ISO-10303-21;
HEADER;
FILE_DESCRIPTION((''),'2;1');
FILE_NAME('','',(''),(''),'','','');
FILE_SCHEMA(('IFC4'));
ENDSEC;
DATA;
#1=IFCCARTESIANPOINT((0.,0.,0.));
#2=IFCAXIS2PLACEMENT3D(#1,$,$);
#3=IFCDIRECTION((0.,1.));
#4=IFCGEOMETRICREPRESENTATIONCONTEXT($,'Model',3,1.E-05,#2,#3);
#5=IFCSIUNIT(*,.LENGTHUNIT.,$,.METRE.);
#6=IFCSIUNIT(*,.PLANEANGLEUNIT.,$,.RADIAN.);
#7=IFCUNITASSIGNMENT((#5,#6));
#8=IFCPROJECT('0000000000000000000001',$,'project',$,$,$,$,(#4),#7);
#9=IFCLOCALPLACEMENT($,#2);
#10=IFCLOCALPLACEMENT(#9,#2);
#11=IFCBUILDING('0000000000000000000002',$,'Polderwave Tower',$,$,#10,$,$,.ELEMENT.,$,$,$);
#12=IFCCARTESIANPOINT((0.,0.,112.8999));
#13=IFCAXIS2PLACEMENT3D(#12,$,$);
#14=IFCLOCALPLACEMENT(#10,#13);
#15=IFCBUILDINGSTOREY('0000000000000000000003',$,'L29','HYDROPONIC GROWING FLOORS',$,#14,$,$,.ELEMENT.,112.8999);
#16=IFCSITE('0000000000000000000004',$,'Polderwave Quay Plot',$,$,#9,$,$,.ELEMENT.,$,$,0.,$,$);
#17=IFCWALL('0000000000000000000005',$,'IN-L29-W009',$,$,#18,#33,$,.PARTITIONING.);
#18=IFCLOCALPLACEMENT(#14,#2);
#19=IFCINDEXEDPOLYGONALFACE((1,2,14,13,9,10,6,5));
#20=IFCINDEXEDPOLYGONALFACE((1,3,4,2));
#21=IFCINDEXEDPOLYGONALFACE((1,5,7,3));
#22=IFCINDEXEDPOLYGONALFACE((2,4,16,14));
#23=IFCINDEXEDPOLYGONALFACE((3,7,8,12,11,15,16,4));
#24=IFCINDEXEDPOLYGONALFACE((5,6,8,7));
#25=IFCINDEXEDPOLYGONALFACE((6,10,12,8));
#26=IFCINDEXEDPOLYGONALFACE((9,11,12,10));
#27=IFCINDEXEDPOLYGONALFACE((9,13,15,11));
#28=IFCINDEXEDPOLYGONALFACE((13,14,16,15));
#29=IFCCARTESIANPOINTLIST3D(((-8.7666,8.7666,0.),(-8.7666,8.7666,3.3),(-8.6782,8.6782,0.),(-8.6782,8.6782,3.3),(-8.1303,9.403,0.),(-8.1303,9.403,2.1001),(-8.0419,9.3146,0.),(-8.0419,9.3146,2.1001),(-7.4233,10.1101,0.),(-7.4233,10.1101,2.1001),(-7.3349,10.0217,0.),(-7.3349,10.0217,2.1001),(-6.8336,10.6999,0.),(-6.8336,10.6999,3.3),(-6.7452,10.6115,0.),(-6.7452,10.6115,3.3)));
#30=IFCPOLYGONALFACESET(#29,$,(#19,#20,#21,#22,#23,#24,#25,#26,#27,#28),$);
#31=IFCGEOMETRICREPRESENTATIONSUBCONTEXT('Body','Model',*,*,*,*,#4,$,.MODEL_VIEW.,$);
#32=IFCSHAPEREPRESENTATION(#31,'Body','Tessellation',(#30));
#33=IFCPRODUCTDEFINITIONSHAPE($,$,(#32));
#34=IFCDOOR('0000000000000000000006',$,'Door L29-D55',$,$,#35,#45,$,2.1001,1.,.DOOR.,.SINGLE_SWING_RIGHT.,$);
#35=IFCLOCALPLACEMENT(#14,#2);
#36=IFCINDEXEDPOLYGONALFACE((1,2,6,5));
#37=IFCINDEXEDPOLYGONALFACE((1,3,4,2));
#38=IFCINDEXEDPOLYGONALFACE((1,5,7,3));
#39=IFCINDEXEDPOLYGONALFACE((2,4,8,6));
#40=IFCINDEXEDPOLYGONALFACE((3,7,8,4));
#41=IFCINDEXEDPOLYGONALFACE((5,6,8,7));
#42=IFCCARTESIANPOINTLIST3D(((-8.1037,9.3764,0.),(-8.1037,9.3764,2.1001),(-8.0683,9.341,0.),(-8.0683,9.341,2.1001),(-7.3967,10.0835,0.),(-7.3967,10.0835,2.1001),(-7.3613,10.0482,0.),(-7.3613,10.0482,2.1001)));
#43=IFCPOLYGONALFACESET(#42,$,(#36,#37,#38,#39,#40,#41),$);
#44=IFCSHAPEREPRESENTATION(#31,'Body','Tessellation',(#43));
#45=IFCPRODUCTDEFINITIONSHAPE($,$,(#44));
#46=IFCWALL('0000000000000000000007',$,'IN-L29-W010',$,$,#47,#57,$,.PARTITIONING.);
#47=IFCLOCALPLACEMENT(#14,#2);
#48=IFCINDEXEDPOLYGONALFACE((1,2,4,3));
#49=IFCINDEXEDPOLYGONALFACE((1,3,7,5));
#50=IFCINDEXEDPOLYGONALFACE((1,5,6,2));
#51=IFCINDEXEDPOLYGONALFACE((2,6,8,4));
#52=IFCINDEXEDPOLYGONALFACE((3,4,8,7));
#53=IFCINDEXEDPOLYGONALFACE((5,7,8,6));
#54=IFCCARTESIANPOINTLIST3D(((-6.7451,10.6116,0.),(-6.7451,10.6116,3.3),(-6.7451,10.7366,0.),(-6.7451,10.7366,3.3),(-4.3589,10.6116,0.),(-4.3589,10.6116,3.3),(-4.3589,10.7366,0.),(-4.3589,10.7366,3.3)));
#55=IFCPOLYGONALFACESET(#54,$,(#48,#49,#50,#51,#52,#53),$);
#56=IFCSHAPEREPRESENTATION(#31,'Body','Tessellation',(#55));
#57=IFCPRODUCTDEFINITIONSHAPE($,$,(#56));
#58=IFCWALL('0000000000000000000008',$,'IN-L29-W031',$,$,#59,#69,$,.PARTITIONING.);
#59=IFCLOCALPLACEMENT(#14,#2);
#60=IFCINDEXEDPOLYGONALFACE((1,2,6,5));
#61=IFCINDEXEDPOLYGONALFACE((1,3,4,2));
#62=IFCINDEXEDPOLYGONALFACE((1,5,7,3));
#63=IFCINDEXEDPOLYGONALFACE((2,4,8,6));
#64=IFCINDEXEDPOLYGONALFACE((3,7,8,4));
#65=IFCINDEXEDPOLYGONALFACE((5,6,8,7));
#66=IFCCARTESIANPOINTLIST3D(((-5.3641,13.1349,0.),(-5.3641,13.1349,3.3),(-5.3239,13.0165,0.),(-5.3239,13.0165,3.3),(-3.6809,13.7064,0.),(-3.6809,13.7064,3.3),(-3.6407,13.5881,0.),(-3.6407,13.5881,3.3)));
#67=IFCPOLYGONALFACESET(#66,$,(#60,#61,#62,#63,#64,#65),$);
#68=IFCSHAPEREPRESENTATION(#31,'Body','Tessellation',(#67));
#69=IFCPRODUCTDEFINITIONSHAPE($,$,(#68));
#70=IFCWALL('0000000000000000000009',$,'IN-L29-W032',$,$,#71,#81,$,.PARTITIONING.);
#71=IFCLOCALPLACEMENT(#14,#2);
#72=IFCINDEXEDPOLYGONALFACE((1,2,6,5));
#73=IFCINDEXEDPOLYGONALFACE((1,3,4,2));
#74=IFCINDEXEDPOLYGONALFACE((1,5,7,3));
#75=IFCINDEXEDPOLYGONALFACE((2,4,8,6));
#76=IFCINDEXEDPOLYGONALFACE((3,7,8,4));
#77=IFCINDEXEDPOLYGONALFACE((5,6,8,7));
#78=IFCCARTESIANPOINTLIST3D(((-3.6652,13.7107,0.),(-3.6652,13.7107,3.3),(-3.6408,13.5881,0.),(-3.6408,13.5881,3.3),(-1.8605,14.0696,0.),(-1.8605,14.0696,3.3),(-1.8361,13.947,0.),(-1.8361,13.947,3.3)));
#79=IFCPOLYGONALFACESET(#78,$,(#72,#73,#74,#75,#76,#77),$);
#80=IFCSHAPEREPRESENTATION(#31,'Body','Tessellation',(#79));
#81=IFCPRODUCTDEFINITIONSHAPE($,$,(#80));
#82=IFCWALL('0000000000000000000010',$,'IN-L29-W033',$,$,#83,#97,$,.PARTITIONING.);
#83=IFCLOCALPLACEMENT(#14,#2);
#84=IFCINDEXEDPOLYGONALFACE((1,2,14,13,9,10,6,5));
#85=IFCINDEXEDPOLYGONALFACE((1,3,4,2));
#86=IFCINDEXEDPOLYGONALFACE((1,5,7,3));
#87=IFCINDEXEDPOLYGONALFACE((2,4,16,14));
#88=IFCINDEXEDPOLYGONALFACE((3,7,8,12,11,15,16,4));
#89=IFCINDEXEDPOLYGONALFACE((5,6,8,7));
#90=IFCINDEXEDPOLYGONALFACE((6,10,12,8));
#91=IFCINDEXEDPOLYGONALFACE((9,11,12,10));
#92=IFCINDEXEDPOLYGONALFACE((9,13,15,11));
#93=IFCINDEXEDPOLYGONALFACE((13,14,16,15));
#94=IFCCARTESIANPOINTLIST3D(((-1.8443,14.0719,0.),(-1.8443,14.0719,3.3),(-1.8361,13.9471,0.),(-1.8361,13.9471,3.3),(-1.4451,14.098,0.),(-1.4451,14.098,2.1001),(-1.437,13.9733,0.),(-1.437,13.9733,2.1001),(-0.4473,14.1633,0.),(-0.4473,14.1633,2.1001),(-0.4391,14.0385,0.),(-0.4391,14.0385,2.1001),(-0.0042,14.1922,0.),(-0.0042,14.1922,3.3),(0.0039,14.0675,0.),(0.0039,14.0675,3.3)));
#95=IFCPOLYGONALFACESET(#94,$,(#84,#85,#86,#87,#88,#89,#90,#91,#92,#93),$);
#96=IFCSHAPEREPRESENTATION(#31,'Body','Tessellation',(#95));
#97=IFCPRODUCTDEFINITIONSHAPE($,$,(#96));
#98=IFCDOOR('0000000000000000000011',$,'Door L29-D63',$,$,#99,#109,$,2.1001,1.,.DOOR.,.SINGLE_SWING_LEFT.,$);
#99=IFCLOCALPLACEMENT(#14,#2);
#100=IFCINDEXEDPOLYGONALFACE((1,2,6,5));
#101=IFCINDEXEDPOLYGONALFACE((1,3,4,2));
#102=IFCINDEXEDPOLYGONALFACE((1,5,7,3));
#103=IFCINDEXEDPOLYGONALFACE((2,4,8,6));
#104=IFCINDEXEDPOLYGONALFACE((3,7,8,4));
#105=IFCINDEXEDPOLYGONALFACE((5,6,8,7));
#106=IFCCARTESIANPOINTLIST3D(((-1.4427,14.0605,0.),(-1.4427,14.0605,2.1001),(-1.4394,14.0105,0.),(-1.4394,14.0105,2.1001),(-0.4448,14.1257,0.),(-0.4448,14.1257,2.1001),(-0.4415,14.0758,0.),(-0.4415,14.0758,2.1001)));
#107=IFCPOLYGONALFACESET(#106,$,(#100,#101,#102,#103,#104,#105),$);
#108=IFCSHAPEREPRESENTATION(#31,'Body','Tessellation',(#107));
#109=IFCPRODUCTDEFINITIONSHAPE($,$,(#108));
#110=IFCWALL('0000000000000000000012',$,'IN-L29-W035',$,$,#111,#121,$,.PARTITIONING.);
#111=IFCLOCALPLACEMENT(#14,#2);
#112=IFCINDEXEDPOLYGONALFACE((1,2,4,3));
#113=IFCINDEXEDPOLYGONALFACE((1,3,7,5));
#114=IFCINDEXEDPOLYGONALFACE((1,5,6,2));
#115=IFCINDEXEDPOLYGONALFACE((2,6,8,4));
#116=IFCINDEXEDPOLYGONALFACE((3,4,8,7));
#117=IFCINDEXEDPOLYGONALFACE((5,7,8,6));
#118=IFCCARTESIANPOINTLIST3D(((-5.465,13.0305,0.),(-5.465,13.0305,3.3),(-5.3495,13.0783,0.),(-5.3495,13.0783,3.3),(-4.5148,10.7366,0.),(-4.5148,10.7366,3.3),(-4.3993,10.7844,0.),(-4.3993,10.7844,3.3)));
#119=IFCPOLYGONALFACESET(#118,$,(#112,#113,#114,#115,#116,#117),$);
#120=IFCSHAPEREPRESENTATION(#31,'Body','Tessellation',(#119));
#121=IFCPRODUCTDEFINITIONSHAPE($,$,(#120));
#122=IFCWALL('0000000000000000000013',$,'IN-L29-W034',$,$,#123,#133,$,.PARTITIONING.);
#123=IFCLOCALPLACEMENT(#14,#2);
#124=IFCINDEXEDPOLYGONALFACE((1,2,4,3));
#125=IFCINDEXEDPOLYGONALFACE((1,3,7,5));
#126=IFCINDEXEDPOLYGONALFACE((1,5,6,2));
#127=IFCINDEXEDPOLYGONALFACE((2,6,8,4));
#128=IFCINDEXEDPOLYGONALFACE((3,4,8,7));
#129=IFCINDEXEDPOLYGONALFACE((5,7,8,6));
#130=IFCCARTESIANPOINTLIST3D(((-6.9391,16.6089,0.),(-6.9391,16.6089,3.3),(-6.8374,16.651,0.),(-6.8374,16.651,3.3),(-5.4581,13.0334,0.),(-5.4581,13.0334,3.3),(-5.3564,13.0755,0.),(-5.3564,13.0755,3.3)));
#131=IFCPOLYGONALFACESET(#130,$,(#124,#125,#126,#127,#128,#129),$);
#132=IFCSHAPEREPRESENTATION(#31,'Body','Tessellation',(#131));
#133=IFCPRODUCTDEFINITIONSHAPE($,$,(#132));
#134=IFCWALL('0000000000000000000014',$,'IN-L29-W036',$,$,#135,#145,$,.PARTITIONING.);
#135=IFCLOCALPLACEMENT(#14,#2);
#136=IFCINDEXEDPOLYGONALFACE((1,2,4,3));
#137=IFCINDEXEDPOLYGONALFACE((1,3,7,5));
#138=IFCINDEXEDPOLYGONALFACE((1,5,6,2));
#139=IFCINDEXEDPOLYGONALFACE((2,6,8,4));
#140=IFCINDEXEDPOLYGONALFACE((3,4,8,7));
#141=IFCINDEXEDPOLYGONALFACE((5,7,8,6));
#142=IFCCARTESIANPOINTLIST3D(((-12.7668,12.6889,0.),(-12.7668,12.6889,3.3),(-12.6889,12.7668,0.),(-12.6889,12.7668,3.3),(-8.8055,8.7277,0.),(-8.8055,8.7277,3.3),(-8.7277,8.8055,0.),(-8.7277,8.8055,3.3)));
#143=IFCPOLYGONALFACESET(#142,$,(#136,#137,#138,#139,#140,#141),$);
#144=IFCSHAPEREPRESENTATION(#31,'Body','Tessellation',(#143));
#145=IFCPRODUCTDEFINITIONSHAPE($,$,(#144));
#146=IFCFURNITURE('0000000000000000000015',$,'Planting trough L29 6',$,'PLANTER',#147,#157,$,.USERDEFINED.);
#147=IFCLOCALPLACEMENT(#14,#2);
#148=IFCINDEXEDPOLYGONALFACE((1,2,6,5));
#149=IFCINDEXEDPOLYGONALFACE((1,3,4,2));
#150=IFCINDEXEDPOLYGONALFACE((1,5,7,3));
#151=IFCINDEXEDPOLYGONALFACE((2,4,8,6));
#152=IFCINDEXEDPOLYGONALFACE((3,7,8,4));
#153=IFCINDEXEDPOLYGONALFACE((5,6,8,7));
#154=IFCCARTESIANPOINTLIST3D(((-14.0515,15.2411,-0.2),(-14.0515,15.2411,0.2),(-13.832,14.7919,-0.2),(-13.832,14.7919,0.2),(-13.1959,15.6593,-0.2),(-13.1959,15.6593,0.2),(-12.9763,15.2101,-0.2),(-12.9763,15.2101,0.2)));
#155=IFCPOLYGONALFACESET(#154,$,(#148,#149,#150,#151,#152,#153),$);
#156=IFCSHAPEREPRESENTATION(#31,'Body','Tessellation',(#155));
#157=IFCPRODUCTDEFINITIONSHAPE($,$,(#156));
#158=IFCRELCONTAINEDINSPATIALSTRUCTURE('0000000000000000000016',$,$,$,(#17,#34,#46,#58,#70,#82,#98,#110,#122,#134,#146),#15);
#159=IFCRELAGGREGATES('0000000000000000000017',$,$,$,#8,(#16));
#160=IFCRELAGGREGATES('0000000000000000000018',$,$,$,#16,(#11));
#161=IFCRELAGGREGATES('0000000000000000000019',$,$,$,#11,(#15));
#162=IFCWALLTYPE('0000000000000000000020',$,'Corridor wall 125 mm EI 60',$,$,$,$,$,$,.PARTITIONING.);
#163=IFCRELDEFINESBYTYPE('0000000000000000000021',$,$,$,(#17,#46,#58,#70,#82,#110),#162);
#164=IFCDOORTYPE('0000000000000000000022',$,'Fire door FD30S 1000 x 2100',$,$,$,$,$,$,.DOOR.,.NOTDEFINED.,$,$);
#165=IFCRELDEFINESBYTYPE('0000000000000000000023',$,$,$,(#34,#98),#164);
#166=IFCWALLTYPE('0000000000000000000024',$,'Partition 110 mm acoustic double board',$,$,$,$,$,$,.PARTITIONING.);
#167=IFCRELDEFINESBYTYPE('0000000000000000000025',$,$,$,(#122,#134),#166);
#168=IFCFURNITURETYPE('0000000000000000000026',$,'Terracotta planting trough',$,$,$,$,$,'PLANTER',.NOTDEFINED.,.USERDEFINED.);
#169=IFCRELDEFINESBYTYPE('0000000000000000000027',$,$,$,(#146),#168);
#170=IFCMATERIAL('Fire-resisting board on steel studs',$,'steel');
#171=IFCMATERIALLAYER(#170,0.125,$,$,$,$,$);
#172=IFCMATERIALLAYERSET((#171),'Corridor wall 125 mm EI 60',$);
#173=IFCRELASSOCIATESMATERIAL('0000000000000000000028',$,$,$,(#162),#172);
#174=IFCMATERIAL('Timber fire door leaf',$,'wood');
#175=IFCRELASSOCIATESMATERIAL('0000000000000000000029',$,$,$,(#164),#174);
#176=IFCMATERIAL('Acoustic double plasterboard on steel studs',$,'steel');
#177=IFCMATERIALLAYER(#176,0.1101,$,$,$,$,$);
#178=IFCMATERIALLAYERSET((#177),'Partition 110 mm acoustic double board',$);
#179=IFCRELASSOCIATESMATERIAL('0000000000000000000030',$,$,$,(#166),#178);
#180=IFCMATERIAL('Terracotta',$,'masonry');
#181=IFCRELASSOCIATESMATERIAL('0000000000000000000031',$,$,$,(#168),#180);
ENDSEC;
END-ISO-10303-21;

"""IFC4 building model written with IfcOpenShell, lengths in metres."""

from ifc_helpers import new_model, si_unit, direction, frame, frame_2d, origin, origin_2d, place, context, subcontext, project, spatial, rectangle, extrude, material, layer, layer_set, type_object, element, fill, save


model = new_model("IFC4")

# Units and contexts
model_context = context("Model", 3, precision=1e-05, world=origin(), true_north=direction((0.0, 1.0)))
body_context = subcontext(model_context, "Body", "Model", "MODEL_VIEW")
ifc_project = project(units=[si_unit("LENGTHUNIT", "METRE"), si_unit("PLANEANGLEUNIT", "RADIAN")], contexts=[model_context])

# Site, building, storey
site_placement = place(None, origin())
site = spatial("IfcSite", under=ifc_project, at=site_placement, Name="Polderwave Quay Plot", CompositionType="ELEMENT", RefElevation=0.0)
building_placement = place(site_placement, origin())
building = spatial("IfcBuilding", under=site, at=building_placement, Name="Polderwave Tower", CompositionType="ELEMENT")
storey_placement = place(building_placement, frame((0.0, 0.0, 112.8999)))
storey = spatial("IfcBuildingStorey", under=building, at=storey_placement, Name="L29", Description="HYDROPONIC GROWING FLOORS", CompositionType="ELEMENT", Elevation=112.8999)

# Wall, opening, door
ifc_material_1 = material(Name="Fire-resisting board on steel studs", Category="steel")
ifc_layer_1 = layer(ifc_material_1, 0.125)
ifc_layer_set_1 = layer_set([ifc_layer_1], Name="Corridor wall 125 mm EI 60")
wall_type_1 = type_object("IfcWallType", Name="Corridor wall 125 mm EI 60", PredefinedType="PARTITIONING", material=ifc_layer_set_1)
wall_1_placement = place(storey_placement, frame((-8.7224, 8.7224, 0.0), z_axis=(0.0, 0.0, 1.0), x_axis=(0.707062, 0.707151, 0.0)))
wall_1 = element("IfcWall", 1, at=wall_1_placement, inside=storey, type_object=wall_type_1, Name="IN-L29-W009", PredefinedType="PARTITIONING", context=body_context, shape_type="SweptSolid", body=[
    extrude(rectangle(XDim=2.7339, YDim=0.125, at=frame_2d((1.3669, 0.0))), origin(), (0.0, 0.0, 1.0), 3.3),
])
opening_1_placement = place(wall_1_placement, frame((0.8999, 0.0, 0.0)))
opening_1 = element("IfcOpeningElement", 2, at=opening_1_placement, cuts=wall_1, PredefinedType="OPENING", context=body_context, shape_type="SweptSolid", body=[
    extrude(rectangle(XDim=1.0, YDim=2.1001, at=frame_2d((0.5, 1.05))), frame((0.0, 0.0725, 0.0), z_axis=(0.0, -1.0, 0.0), x_axis=(1.0, 0.0, 0.0)), (0.0, 0.0, 1.0), 0.145),
])
ifc_material_2 = material(Name="Timber fire door leaf", Category="wood")
door_type = type_object("IfcDoorType", Name="Fire door FD30S 1000 x 2100", OperationType="NOTDEFINED", PredefinedType="DOOR", material=ifc_material_2)
door_1_placement = place(opening_1_placement, origin())
door_1 = element("IfcDoor", 3, at=door_1_placement, inside=storey, type_object=door_type, Name="Door L29-D55", OperationType="SINGLE_SWING_RIGHT", OverallHeight=2.1001, OverallWidth=1.0, PredefinedType="DOOR", context=body_context, shape_type="SweptSolid", body=[
    extrude(rectangle(XDim=1.0, YDim=2.1001, at=frame_2d((0.5, 1.05))), frame((0.0, 0.0249, 0.0), z_axis=(0.0, -1.0, 0.0), x_axis=(1.0, 0.0, 0.0)), (0.0, 0.0, 1.0), 0.05),
])
fill(opening_1, door_1)

# Walls
wall_2_placement = place(storey_placement, frame((-6.7451, 10.6741, 0.0), z_axis=(0.0, 0.0, 1.0), x_axis=(1.0, 0.0, 0.0)))
element("IfcWall", 4, at=wall_2_placement, inside=storey, type_object=wall_type_1, Name="IN-L29-W010", PredefinedType="PARTITIONING", context=body_context, shape_type="SweptSolid", body=[
    extrude(rectangle(XDim=2.3862, YDim=0.125, at=frame_2d((1.1931, 0.0))), origin(), (0.0, 0.0, 1.0), 3.3),
])
wall_3_placement = place(storey_placement, frame((-3.6609, 13.6472, 0.0), z_axis=(0.0, 0.0, 1.0), x_axis=(-0.946897, -0.321538, 0.0)))
element("IfcWall", 5, at=wall_3_placement, inside=storey, type_object=wall_type_1, Name="IN-L29-W031", PredefinedType="PARTITIONING", context=body_context, shape_type="SweptSolid", body=[
    extrude(rectangle(XDim=1.7776, YDim=0.125, at=frame_2d((0.8887, 0.0))), origin(), (0.0, 0.0, 1.0), 3.3),
])
wall_4_placement = place(storey_placement, frame((-1.8484, 14.0083, 0.0), z_axis=(0.0, 0.0, 1.0), x_axis=(-0.980794, -0.195044, 0.0)))
element("IfcWall", 6, at=wall_4_placement, inside=storey, type_object=wall_type_1, Name="IN-L29-W032", PredefinedType="PARTITIONING", context=body_context, shape_type="SweptSolid", body=[
    extrude(rectangle(XDim=1.8401, YDim=0.125, at=frame_2d((0.9199, 0.0))), origin(), (0.0, 0.0, 1.0), 3.3),
])

# Wall, opening, door
wall_5_placement = place(storey_placement, frame((-1.8401, 14.0095, 0.0), z_axis=(0.0, 0.0, 1.0), x_axis=(0.997868, 0.065271, 0.0)))
wall_5 = element("IfcWall", 7, at=wall_5_placement, inside=storey, type_object=wall_type_1, Name="IN-L29-W033", PredefinedType="PARTITIONING", context=body_context, shape_type="SweptSolid", body=[
    extrude(rectangle(XDim=1.844, YDim=0.125, at=frame_2d((0.9219, 0.0))), origin(), (0.0, 0.0, 1.0), 3.3),
])
opening_2_placement = place(wall_5_placement, frame((0.3999, 0.0, 0.0)))
opening_2 = element("IfcOpeningElement", 8, at=opening_2_placement, cuts=wall_5, PredefinedType="OPENING", context=body_context, shape_type="SweptSolid", body=[
    extrude(rectangle(XDim=1.0, YDim=2.1001, at=frame_2d((0.5, 1.05))), frame((0.0, 0.0725, 0.0), z_axis=(0.0, -1.0, 0.0), x_axis=(1.0, 0.0, 0.0)), (0.0, 0.0, 1.0), 0.145),
])
door_2_placement = place(opening_2_placement, origin())
door_2 = element("IfcDoor", 9, at=door_2_placement, inside=storey, type_object=door_type, Name="Door L29-D63", OperationType="SINGLE_SWING_LEFT", OverallHeight=2.1001, OverallWidth=1.0, PredefinedType="DOOR", context=body_context, shape_type="SweptSolid", body=[
    extrude(rectangle(XDim=1.0, YDim=2.1001, at=frame_2d((0.5, 1.05))), frame((0.0, 0.0249, 0.0), z_axis=(0.0, -1.0, 0.0), x_axis=(1.0, 0.0, 0.0)), (0.0, 0.0, 1.0), 0.05),
])
fill(opening_2, door_2)

# Walls
wall_6_placement = place(storey_placement, frame((-4.457, 10.7605, 0.0), z_axis=(0.0, 0.0, 1.0), x_axis=(-0.382688, 0.923878, 0.0)))
element("IfcWall", 10, at=wall_6_placement, inside=storey, type_object=wall_type_1, Name="IN-L29-W035", PredefinedType="PARTITIONING", context=body_context, shape_type="SweptSolid", body=[
    extrude(rectangle(XDim=2.4829, YDim=0.125, at=frame_2d((1.2415, 0.0))), origin(), (0.0, 0.0, 1.0), 3.3),
])
ifc_material_3 = material(Name="Acoustic double plasterboard on steel studs", Category="steel")
ifc_layer_2 = layer(ifc_material_3, 0.1101)
ifc_layer_set_2 = layer_set([ifc_layer_2], Name="Partition 110 mm acoustic double board")
wall_type_2 = type_object("IfcWallType", Name="Partition 110 mm acoustic double board", PredefinedType="PARTITIONING", material=ifc_layer_set_2)
wall_7_placement = place(storey_placement, frame((-5.4072, 13.0544, 0.0), z_axis=(0.0, 0.0, 1.0), x_axis=(-0.382675, 0.923883, 0.0)))
element("IfcWall", 11, at=wall_7_placement, inside=storey, type_object=wall_type_2, Name="IN-L29-W034", PredefinedType="PARTITIONING", context=body_context, shape_type="SweptSolid", body=[
    extrude(rectangle(XDim=3.8701, YDim=0.1101, at=frame_2d((1.9351, 0.0))), origin(), (0.0, 0.0, 1.0), 3.3),
])
wall_8_placement = place(storey_placement, frame((-8.7666, 8.7666, 0.0), z_axis=(0.0, 0.0, 1.0), x_axis=(-0.707107, 0.707107, 0.0)))
element("IfcWall", 12, at=wall_8_placement, inside=storey, type_object=wall_type_2, Name="IN-L29-W036", PredefinedType="PARTITIONING", context=body_context, shape_type="SweptSolid", body=[
    extrude(rectangle(XDim=5.6021, YDim=0.1101, at=frame_2d((2.801, 0.0))), origin(), (0.0, 0.0, 1.0), 3.3),
])

# Furniture
ifc_material_4 = material(Name="Terracotta", Category="masonry")
furniture_type = type_object("IfcFurnitureType", Name="Terracotta planting trough", ElementType="PLANTER", AssemblyPlace="NOTDEFINED", PredefinedType="USERDEFINED", material=ifc_material_4)
furniture_placement = place(storey_placement, frame((-13.5139, 15.2256, -0.2), z_axis=(0.0, 0.0, 1.0), x_axis=(-0.898433, -0.43911, 0.0)))
element("IfcFurniture", 13, at=furniture_placement, inside=storey, type_object=furniture_type, Name="Planting trough L29 6", ObjectType="PLANTER", PredefinedType="USERDEFINED", context=body_context, shape_type="SweptSolid", body=[
    extrude(rectangle(XDim=0.9524, YDim=0.5, at=origin_2d()), origin(), (0.0, 0.0, 1.0), 0.3999),
])

save(model, "model.ifc")
